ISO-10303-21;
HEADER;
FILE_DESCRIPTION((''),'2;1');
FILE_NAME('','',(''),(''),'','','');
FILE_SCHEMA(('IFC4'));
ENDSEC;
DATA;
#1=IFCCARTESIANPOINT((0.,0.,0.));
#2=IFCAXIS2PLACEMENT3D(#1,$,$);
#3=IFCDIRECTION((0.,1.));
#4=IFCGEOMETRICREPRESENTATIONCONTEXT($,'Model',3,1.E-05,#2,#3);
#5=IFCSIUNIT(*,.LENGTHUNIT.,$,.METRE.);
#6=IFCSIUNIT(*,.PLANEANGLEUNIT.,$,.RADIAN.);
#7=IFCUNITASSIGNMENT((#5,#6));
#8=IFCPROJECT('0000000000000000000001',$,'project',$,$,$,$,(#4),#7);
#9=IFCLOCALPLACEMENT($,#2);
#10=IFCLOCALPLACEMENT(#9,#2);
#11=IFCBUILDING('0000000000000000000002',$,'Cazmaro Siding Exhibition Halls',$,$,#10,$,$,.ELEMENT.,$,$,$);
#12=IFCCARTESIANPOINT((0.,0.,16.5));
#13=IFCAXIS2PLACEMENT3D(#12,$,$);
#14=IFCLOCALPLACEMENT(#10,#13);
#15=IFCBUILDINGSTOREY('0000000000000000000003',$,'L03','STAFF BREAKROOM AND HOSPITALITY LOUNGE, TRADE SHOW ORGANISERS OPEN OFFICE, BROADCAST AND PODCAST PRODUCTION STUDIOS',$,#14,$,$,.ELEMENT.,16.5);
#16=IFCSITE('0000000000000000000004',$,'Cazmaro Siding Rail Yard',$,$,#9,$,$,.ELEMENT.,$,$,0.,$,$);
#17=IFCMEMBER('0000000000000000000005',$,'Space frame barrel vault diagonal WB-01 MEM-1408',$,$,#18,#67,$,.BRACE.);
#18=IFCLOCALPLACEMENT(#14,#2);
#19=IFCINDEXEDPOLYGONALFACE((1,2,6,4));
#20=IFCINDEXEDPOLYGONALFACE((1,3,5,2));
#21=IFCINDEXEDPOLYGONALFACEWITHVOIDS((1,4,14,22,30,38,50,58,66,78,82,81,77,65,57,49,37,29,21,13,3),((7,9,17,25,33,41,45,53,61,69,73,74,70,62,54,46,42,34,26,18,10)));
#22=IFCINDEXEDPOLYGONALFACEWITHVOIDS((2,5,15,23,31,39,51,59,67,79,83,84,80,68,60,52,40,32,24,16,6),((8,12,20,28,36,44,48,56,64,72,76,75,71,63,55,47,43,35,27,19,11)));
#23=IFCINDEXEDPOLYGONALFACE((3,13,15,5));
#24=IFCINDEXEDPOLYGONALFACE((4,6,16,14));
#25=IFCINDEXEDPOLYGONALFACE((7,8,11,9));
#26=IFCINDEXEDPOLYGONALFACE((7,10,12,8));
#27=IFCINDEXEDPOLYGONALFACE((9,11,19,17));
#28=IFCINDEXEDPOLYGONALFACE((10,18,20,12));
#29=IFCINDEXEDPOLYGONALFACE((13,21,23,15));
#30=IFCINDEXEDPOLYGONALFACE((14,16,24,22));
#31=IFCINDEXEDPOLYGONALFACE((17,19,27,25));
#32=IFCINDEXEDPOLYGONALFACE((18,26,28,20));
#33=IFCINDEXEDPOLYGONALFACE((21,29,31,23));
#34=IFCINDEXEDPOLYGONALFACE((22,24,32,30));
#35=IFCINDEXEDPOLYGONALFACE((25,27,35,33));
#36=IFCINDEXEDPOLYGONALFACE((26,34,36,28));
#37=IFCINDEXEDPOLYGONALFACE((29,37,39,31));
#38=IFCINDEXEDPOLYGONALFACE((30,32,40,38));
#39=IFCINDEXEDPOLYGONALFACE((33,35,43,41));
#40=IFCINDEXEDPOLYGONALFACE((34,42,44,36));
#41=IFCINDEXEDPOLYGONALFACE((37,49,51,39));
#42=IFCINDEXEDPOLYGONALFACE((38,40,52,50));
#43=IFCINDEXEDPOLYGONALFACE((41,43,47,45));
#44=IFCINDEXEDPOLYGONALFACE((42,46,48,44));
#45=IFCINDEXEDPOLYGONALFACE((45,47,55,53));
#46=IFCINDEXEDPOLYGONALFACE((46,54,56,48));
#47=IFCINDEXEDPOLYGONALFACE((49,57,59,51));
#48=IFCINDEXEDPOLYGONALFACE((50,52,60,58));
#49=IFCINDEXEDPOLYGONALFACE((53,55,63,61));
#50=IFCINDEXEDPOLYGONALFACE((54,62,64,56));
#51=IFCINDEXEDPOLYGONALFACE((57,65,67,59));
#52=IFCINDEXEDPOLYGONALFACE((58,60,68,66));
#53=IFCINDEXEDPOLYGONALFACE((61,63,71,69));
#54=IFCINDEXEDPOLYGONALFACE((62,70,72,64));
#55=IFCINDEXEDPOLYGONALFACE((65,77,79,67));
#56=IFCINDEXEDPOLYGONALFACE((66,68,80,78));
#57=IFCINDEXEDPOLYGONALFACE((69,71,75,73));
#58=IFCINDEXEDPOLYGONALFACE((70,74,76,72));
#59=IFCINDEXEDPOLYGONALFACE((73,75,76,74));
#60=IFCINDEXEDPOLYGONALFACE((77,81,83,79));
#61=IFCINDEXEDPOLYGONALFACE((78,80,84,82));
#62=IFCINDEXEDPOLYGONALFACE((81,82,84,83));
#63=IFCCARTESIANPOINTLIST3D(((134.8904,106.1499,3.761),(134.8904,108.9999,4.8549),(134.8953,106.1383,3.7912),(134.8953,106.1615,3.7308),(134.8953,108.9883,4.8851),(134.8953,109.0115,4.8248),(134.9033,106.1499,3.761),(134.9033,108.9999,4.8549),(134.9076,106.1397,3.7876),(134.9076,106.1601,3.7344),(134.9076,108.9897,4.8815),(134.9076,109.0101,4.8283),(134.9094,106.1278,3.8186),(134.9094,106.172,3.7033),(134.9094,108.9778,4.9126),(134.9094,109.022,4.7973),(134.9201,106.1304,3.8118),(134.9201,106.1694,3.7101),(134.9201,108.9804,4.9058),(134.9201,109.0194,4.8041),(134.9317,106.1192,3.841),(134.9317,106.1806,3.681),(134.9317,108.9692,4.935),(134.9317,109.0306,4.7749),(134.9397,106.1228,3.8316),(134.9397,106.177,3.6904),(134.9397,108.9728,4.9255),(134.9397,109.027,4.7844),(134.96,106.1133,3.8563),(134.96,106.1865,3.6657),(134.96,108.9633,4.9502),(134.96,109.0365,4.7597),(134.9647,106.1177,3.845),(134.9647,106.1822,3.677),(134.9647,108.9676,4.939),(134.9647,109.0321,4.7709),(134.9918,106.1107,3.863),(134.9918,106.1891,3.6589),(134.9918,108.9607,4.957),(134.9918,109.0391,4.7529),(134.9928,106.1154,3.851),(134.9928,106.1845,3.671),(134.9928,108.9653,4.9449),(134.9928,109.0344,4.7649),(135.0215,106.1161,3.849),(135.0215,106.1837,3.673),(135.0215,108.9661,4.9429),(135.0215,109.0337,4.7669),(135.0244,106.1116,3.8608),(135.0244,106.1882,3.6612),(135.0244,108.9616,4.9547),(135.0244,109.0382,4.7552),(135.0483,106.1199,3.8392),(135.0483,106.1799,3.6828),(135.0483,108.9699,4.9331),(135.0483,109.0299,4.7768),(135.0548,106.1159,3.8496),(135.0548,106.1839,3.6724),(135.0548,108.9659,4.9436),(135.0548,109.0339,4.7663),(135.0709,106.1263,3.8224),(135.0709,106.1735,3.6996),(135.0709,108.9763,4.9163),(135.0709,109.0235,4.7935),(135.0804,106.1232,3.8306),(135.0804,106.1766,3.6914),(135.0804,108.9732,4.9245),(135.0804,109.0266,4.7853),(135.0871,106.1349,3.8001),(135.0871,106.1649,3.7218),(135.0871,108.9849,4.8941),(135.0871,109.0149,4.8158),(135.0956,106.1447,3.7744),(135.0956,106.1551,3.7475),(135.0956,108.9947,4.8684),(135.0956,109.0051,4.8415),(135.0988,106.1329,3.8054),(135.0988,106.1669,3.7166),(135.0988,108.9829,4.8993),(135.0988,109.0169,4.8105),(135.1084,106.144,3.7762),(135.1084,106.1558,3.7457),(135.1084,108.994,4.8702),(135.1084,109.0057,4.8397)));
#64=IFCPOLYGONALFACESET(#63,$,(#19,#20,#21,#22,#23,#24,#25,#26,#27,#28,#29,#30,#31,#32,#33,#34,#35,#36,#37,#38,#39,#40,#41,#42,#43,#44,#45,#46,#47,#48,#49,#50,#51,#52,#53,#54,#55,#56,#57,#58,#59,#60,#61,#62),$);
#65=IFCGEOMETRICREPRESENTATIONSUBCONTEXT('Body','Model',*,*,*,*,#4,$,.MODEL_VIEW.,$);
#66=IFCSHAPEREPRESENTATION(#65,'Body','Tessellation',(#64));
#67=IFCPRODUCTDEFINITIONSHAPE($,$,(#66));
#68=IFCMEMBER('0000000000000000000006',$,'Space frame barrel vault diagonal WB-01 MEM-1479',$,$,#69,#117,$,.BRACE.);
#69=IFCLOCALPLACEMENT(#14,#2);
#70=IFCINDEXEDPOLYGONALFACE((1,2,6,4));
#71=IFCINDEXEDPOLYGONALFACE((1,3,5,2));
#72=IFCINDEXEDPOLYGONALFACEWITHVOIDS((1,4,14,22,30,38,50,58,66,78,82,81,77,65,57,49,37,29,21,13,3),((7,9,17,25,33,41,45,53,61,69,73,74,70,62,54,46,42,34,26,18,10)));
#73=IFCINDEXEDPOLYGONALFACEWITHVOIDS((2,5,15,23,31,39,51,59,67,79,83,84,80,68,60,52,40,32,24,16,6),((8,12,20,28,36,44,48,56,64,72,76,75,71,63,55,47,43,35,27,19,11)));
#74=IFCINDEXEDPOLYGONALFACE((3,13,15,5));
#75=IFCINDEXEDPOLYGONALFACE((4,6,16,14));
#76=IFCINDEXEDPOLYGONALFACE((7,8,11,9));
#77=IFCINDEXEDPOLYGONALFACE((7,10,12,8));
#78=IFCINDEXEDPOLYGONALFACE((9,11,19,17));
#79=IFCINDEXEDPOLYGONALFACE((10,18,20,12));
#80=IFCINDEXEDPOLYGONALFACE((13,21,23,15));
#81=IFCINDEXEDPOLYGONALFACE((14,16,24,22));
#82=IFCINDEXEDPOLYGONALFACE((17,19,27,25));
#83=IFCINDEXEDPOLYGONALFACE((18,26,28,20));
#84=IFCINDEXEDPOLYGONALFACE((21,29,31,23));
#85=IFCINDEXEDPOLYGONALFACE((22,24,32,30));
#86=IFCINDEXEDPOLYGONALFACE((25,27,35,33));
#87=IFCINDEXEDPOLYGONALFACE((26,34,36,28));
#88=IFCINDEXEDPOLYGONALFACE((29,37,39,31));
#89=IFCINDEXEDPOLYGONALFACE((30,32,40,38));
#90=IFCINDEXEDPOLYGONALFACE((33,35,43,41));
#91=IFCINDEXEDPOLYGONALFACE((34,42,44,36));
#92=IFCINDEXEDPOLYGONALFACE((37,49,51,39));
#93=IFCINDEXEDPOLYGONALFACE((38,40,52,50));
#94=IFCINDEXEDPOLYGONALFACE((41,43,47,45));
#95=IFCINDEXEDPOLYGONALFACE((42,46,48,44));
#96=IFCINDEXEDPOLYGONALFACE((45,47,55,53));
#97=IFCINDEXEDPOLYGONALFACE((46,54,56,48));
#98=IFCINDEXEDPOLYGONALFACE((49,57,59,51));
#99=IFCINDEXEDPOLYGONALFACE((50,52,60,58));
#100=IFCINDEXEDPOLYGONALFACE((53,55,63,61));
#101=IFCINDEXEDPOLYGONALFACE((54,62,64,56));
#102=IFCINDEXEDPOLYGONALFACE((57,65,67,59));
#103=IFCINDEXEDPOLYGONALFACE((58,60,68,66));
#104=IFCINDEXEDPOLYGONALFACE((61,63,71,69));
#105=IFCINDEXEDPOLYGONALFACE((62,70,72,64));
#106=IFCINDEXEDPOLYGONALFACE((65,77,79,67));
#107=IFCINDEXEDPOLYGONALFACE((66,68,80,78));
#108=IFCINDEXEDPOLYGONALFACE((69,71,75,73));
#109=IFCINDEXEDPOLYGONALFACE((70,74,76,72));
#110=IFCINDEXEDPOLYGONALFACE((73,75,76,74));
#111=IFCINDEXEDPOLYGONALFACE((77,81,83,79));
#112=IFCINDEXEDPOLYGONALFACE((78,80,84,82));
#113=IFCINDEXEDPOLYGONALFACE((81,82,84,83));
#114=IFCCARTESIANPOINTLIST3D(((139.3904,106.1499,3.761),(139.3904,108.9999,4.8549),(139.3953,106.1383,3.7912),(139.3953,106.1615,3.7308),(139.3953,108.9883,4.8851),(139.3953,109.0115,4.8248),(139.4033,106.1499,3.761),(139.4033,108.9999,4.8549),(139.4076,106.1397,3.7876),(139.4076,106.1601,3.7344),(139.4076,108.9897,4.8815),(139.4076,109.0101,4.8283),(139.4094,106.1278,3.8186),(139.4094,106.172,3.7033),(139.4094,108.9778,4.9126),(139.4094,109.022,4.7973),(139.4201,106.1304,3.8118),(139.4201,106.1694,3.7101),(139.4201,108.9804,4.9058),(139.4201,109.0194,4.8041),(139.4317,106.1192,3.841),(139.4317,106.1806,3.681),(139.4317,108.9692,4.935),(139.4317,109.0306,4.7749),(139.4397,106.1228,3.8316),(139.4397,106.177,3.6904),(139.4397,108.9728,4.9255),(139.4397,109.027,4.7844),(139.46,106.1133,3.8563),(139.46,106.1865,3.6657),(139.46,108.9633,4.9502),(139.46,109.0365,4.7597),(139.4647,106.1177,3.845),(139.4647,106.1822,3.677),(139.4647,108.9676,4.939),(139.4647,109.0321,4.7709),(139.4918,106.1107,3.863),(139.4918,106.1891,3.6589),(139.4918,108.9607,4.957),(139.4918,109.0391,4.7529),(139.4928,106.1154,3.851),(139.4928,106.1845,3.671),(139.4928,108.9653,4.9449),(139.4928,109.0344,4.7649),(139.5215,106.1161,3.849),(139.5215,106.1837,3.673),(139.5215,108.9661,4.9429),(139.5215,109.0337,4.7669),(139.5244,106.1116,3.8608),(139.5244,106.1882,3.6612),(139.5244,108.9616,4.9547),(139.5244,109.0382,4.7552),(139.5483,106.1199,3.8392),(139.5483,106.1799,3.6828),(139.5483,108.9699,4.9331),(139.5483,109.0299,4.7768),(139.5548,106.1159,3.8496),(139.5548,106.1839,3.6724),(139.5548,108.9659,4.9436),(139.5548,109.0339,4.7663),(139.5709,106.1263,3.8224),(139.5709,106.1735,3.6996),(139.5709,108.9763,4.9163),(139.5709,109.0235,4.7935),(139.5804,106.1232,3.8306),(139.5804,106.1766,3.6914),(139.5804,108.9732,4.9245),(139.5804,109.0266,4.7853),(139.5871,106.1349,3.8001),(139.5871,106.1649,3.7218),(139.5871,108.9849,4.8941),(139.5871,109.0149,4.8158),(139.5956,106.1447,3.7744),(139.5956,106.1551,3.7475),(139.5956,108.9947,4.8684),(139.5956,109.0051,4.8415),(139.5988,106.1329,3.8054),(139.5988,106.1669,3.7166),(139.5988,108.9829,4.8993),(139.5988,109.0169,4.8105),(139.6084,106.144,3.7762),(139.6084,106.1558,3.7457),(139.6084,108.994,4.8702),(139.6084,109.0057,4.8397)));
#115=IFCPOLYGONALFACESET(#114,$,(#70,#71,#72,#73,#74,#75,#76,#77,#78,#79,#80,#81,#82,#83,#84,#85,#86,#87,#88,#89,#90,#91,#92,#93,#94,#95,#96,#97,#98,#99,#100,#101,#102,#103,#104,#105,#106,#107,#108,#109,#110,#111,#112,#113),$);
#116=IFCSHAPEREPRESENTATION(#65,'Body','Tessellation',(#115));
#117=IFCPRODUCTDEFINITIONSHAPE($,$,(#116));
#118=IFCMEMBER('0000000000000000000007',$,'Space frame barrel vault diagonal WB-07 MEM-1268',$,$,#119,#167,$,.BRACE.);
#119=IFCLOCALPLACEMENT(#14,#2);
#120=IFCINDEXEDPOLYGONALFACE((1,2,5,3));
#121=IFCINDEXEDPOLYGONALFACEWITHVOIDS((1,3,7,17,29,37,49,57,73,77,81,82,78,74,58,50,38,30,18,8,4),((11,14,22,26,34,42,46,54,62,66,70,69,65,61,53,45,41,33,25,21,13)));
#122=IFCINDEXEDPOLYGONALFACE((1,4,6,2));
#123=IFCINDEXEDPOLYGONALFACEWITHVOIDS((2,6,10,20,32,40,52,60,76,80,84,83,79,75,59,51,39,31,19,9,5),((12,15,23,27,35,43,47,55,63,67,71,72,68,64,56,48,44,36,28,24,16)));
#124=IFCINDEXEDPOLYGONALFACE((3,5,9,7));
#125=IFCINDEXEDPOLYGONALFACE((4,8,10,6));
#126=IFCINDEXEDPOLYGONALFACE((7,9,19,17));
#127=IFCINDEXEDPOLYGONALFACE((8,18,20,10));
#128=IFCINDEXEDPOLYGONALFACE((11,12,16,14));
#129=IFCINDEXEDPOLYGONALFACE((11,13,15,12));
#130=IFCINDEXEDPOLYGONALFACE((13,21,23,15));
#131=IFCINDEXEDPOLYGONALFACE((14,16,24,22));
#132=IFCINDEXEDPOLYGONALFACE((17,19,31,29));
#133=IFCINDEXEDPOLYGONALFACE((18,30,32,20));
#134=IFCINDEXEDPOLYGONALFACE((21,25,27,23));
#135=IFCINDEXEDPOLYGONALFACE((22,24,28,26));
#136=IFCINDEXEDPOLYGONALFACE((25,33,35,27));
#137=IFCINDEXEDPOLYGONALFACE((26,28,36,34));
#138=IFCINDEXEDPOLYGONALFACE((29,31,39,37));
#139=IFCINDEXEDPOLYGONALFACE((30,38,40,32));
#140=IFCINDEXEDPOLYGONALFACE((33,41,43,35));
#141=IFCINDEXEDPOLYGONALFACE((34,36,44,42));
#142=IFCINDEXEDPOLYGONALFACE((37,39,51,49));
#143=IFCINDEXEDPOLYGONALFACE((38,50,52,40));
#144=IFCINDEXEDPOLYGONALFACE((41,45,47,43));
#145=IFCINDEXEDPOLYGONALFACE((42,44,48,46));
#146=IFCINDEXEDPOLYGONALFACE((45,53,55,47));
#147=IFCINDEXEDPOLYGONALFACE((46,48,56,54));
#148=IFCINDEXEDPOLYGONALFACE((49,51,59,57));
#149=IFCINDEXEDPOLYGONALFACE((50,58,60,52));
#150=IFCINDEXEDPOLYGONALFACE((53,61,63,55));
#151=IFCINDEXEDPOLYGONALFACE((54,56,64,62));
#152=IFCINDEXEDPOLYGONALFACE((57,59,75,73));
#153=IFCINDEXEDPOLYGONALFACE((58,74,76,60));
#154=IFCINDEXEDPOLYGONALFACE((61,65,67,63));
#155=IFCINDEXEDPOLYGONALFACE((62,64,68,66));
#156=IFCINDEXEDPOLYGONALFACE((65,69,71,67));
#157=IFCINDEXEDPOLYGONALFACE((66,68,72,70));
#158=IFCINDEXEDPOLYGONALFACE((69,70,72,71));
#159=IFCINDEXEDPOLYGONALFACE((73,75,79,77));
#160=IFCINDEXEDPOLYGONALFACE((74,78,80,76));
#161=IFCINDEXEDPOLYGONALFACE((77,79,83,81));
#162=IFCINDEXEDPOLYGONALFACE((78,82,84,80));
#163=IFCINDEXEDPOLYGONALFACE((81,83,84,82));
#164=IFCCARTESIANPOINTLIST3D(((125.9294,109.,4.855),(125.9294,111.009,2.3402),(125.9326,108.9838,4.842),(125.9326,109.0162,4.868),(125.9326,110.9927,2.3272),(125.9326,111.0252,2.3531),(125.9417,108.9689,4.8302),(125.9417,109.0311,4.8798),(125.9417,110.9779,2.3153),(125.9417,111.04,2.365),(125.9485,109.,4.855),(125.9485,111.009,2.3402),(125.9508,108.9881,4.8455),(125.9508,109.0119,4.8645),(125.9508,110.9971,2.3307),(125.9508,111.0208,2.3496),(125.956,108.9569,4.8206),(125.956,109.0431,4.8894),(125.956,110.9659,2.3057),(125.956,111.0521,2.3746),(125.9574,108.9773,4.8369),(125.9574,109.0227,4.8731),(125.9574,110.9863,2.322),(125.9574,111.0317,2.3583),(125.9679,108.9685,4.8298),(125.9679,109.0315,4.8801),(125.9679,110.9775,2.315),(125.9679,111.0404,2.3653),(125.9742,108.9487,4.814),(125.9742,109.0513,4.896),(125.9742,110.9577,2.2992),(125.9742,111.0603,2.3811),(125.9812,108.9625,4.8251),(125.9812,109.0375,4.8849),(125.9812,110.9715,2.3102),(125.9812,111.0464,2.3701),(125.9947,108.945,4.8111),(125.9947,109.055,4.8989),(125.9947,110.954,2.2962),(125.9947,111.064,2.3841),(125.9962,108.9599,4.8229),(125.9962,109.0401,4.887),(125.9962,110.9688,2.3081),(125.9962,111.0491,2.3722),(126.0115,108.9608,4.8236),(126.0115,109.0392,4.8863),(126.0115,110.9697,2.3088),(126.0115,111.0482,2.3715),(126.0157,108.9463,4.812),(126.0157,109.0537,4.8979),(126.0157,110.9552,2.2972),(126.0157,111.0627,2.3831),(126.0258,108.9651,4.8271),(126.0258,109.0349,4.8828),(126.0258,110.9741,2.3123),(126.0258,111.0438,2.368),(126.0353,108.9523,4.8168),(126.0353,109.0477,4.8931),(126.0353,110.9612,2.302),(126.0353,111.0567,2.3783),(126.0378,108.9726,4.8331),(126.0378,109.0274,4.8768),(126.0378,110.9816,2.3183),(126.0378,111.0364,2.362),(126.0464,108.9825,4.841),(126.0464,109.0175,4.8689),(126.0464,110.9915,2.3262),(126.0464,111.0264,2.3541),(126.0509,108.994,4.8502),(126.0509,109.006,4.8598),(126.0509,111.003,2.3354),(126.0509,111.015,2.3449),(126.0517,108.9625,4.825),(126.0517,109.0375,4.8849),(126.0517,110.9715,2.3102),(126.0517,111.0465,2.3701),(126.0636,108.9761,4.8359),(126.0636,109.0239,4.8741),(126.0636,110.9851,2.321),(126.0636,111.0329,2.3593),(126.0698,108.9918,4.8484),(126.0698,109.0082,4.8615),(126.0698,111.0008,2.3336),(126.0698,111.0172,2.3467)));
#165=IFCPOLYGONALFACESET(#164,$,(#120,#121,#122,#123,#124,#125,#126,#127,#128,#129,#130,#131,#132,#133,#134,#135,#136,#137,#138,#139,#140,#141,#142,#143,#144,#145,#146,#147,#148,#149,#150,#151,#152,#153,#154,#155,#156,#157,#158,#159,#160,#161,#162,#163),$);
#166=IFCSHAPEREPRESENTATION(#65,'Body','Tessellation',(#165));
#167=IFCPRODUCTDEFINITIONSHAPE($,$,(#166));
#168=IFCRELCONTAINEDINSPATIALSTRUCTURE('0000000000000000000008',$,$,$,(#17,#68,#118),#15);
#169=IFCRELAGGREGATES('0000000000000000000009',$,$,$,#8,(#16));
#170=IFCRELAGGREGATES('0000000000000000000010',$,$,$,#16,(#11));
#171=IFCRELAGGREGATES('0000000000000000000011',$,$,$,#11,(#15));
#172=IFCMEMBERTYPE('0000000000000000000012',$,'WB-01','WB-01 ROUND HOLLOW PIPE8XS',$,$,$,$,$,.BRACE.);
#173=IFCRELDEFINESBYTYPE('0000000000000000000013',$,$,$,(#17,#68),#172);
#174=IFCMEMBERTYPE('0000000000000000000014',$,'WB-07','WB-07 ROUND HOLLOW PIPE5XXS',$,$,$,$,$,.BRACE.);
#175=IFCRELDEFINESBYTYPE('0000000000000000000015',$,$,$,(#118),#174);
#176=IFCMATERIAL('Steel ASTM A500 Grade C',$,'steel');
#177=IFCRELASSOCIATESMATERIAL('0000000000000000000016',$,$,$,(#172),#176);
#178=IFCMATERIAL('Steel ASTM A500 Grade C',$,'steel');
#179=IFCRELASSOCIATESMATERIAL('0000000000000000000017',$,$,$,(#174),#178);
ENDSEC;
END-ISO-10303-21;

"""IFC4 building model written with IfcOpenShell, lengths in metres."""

from ifc_helpers import new_model, si_unit, direction, frame, origin, origin_2d, place, context, subcontext, project, spatial, hollow_circle, extrude, material, material_profile, profile_set, type_object, element, save


model = new_model("IFC4")

# Units and contexts
model_context = context("Model", 3, precision=1e-05, world=origin(), true_north=direction((0.0, 1.0)))
body_context = subcontext(model_context, "Body", "Model", "MODEL_VIEW")
ifc_project = project(units=[si_unit("LENGTHUNIT", "METRE"), si_unit("PLANEANGLEUNIT", "RADIAN")], contexts=[model_context])

# Site, building, storey
site_placement = place(None, origin())
site = spatial("IfcSite", under=ifc_project, at=site_placement, Name="Cazmaro Siding Rail Yard", CompositionType="ELEMENT", RefElevation=0.0)
building_placement = place(site_placement, origin())
building = spatial("IfcBuilding", under=site, at=building_placement, Name="Cazmaro Siding Exhibition Halls", CompositionType="ELEMENT")
storey_placement = place(building_placement, frame((0.0, 0.0, 16.5)))
storey = spatial("IfcBuildingStorey", under=building, at=storey_placement, Name="L03", Description="STAFF BREAKROOM AND HOSPITALITY LOUNGE, TRADE SHOW ORGANISERS OPEN OFFICE, BROADCAST AND PODCAST PRODUCTION STUDIOS", CompositionType="ELEMENT", Elevation=16.5)

# Members
ifc_material_1 = material(Name="Steel ASTM A500 Grade C", Category="steel")
ifc_material_profile_1 = material_profile(ifc_material_1, hollow_circle(Radius=0.1096, WallThickness=0.0129, at=origin_2d()), Name="PIPE8XS")
ifc_profile_set_1 = profile_set([ifc_material_profile_1], Name="Steel ASTM A500 Grade C")
member_type_1 = type_object("IfcMemberType", Name="WB-01", Description="WB-01 ROUND HOLLOW PIPE8XS", PredefinedType="BRACE", material=ifc_profile_set_1)
for number, where, z_axis, x_axis, name in (
    (1, (135.0, 106.1499, 3.761), (0.0, 0.933587, 0.358352), (-1.0, 0.0, 0.0), "Space frame barrel vault diagonal WB-01 MEM-1408"),
    (2, (139.5, 106.1499, 3.761), (0.0, 0.933587, 0.358352), (-1.0, 0.0, 0.0), "Space frame barrel vault diagonal WB-01 MEM-1479"),
):
    element("IfcMember", number, at=place(storey_placement, frame(where, z_axis=z_axis, x_axis=x_axis)), inside=storey, type_object=member_type_1, Name=name, PredefinedType="BRACE", context=body_context, shape_type="SweptSolid", body=[
        extrude(hollow_circle(Radius=0.1096, WallThickness=0.0129, at=origin_2d()), origin(), (0.0, 0.0, 1.0), 3.0527),
    ])
ifc_material_2 = material(Name="Steel ASTM A500 Grade C", Category="steel")
ifc_material_profile_2 = material_profile(ifc_material_2, hollow_circle(Radius=0.0706, WallThickness=0.019, at=origin_2d()), Name="PIPE5XXS")
ifc_profile_set_2 = profile_set([ifc_material_profile_2], Name="Steel ASTM A500 Grade C")
member_type_2 = type_object("IfcMemberType", Name="WB-07", Description="WB-07 ROUND HOLLOW PIPE5XXS", PredefinedType="BRACE", material=ifc_profile_set_2)
for number, where, z_axis, x_axis, name in (
    (3, (126.0, 109.0, 4.855), (0.0, 0.624149, -0.781305), (-1.0, 0.0, 0.0), "Space frame barrel vault diagonal WB-07 MEM-1268"),
):
    element("IfcMember", number, at=place(storey_placement, frame(where, z_axis=z_axis, x_axis=x_axis)), inside=storey, type_object=member_type_2, Name=name, PredefinedType="BRACE", context=body_context, shape_type="SweptSolid", body=[
        extrude(hollow_circle(Radius=0.0706, WallThickness=0.019, at=origin_2d()), origin(), (0.0, 0.0, 1.0), 3.2188),
    ])

save(model, "model.ifc")
